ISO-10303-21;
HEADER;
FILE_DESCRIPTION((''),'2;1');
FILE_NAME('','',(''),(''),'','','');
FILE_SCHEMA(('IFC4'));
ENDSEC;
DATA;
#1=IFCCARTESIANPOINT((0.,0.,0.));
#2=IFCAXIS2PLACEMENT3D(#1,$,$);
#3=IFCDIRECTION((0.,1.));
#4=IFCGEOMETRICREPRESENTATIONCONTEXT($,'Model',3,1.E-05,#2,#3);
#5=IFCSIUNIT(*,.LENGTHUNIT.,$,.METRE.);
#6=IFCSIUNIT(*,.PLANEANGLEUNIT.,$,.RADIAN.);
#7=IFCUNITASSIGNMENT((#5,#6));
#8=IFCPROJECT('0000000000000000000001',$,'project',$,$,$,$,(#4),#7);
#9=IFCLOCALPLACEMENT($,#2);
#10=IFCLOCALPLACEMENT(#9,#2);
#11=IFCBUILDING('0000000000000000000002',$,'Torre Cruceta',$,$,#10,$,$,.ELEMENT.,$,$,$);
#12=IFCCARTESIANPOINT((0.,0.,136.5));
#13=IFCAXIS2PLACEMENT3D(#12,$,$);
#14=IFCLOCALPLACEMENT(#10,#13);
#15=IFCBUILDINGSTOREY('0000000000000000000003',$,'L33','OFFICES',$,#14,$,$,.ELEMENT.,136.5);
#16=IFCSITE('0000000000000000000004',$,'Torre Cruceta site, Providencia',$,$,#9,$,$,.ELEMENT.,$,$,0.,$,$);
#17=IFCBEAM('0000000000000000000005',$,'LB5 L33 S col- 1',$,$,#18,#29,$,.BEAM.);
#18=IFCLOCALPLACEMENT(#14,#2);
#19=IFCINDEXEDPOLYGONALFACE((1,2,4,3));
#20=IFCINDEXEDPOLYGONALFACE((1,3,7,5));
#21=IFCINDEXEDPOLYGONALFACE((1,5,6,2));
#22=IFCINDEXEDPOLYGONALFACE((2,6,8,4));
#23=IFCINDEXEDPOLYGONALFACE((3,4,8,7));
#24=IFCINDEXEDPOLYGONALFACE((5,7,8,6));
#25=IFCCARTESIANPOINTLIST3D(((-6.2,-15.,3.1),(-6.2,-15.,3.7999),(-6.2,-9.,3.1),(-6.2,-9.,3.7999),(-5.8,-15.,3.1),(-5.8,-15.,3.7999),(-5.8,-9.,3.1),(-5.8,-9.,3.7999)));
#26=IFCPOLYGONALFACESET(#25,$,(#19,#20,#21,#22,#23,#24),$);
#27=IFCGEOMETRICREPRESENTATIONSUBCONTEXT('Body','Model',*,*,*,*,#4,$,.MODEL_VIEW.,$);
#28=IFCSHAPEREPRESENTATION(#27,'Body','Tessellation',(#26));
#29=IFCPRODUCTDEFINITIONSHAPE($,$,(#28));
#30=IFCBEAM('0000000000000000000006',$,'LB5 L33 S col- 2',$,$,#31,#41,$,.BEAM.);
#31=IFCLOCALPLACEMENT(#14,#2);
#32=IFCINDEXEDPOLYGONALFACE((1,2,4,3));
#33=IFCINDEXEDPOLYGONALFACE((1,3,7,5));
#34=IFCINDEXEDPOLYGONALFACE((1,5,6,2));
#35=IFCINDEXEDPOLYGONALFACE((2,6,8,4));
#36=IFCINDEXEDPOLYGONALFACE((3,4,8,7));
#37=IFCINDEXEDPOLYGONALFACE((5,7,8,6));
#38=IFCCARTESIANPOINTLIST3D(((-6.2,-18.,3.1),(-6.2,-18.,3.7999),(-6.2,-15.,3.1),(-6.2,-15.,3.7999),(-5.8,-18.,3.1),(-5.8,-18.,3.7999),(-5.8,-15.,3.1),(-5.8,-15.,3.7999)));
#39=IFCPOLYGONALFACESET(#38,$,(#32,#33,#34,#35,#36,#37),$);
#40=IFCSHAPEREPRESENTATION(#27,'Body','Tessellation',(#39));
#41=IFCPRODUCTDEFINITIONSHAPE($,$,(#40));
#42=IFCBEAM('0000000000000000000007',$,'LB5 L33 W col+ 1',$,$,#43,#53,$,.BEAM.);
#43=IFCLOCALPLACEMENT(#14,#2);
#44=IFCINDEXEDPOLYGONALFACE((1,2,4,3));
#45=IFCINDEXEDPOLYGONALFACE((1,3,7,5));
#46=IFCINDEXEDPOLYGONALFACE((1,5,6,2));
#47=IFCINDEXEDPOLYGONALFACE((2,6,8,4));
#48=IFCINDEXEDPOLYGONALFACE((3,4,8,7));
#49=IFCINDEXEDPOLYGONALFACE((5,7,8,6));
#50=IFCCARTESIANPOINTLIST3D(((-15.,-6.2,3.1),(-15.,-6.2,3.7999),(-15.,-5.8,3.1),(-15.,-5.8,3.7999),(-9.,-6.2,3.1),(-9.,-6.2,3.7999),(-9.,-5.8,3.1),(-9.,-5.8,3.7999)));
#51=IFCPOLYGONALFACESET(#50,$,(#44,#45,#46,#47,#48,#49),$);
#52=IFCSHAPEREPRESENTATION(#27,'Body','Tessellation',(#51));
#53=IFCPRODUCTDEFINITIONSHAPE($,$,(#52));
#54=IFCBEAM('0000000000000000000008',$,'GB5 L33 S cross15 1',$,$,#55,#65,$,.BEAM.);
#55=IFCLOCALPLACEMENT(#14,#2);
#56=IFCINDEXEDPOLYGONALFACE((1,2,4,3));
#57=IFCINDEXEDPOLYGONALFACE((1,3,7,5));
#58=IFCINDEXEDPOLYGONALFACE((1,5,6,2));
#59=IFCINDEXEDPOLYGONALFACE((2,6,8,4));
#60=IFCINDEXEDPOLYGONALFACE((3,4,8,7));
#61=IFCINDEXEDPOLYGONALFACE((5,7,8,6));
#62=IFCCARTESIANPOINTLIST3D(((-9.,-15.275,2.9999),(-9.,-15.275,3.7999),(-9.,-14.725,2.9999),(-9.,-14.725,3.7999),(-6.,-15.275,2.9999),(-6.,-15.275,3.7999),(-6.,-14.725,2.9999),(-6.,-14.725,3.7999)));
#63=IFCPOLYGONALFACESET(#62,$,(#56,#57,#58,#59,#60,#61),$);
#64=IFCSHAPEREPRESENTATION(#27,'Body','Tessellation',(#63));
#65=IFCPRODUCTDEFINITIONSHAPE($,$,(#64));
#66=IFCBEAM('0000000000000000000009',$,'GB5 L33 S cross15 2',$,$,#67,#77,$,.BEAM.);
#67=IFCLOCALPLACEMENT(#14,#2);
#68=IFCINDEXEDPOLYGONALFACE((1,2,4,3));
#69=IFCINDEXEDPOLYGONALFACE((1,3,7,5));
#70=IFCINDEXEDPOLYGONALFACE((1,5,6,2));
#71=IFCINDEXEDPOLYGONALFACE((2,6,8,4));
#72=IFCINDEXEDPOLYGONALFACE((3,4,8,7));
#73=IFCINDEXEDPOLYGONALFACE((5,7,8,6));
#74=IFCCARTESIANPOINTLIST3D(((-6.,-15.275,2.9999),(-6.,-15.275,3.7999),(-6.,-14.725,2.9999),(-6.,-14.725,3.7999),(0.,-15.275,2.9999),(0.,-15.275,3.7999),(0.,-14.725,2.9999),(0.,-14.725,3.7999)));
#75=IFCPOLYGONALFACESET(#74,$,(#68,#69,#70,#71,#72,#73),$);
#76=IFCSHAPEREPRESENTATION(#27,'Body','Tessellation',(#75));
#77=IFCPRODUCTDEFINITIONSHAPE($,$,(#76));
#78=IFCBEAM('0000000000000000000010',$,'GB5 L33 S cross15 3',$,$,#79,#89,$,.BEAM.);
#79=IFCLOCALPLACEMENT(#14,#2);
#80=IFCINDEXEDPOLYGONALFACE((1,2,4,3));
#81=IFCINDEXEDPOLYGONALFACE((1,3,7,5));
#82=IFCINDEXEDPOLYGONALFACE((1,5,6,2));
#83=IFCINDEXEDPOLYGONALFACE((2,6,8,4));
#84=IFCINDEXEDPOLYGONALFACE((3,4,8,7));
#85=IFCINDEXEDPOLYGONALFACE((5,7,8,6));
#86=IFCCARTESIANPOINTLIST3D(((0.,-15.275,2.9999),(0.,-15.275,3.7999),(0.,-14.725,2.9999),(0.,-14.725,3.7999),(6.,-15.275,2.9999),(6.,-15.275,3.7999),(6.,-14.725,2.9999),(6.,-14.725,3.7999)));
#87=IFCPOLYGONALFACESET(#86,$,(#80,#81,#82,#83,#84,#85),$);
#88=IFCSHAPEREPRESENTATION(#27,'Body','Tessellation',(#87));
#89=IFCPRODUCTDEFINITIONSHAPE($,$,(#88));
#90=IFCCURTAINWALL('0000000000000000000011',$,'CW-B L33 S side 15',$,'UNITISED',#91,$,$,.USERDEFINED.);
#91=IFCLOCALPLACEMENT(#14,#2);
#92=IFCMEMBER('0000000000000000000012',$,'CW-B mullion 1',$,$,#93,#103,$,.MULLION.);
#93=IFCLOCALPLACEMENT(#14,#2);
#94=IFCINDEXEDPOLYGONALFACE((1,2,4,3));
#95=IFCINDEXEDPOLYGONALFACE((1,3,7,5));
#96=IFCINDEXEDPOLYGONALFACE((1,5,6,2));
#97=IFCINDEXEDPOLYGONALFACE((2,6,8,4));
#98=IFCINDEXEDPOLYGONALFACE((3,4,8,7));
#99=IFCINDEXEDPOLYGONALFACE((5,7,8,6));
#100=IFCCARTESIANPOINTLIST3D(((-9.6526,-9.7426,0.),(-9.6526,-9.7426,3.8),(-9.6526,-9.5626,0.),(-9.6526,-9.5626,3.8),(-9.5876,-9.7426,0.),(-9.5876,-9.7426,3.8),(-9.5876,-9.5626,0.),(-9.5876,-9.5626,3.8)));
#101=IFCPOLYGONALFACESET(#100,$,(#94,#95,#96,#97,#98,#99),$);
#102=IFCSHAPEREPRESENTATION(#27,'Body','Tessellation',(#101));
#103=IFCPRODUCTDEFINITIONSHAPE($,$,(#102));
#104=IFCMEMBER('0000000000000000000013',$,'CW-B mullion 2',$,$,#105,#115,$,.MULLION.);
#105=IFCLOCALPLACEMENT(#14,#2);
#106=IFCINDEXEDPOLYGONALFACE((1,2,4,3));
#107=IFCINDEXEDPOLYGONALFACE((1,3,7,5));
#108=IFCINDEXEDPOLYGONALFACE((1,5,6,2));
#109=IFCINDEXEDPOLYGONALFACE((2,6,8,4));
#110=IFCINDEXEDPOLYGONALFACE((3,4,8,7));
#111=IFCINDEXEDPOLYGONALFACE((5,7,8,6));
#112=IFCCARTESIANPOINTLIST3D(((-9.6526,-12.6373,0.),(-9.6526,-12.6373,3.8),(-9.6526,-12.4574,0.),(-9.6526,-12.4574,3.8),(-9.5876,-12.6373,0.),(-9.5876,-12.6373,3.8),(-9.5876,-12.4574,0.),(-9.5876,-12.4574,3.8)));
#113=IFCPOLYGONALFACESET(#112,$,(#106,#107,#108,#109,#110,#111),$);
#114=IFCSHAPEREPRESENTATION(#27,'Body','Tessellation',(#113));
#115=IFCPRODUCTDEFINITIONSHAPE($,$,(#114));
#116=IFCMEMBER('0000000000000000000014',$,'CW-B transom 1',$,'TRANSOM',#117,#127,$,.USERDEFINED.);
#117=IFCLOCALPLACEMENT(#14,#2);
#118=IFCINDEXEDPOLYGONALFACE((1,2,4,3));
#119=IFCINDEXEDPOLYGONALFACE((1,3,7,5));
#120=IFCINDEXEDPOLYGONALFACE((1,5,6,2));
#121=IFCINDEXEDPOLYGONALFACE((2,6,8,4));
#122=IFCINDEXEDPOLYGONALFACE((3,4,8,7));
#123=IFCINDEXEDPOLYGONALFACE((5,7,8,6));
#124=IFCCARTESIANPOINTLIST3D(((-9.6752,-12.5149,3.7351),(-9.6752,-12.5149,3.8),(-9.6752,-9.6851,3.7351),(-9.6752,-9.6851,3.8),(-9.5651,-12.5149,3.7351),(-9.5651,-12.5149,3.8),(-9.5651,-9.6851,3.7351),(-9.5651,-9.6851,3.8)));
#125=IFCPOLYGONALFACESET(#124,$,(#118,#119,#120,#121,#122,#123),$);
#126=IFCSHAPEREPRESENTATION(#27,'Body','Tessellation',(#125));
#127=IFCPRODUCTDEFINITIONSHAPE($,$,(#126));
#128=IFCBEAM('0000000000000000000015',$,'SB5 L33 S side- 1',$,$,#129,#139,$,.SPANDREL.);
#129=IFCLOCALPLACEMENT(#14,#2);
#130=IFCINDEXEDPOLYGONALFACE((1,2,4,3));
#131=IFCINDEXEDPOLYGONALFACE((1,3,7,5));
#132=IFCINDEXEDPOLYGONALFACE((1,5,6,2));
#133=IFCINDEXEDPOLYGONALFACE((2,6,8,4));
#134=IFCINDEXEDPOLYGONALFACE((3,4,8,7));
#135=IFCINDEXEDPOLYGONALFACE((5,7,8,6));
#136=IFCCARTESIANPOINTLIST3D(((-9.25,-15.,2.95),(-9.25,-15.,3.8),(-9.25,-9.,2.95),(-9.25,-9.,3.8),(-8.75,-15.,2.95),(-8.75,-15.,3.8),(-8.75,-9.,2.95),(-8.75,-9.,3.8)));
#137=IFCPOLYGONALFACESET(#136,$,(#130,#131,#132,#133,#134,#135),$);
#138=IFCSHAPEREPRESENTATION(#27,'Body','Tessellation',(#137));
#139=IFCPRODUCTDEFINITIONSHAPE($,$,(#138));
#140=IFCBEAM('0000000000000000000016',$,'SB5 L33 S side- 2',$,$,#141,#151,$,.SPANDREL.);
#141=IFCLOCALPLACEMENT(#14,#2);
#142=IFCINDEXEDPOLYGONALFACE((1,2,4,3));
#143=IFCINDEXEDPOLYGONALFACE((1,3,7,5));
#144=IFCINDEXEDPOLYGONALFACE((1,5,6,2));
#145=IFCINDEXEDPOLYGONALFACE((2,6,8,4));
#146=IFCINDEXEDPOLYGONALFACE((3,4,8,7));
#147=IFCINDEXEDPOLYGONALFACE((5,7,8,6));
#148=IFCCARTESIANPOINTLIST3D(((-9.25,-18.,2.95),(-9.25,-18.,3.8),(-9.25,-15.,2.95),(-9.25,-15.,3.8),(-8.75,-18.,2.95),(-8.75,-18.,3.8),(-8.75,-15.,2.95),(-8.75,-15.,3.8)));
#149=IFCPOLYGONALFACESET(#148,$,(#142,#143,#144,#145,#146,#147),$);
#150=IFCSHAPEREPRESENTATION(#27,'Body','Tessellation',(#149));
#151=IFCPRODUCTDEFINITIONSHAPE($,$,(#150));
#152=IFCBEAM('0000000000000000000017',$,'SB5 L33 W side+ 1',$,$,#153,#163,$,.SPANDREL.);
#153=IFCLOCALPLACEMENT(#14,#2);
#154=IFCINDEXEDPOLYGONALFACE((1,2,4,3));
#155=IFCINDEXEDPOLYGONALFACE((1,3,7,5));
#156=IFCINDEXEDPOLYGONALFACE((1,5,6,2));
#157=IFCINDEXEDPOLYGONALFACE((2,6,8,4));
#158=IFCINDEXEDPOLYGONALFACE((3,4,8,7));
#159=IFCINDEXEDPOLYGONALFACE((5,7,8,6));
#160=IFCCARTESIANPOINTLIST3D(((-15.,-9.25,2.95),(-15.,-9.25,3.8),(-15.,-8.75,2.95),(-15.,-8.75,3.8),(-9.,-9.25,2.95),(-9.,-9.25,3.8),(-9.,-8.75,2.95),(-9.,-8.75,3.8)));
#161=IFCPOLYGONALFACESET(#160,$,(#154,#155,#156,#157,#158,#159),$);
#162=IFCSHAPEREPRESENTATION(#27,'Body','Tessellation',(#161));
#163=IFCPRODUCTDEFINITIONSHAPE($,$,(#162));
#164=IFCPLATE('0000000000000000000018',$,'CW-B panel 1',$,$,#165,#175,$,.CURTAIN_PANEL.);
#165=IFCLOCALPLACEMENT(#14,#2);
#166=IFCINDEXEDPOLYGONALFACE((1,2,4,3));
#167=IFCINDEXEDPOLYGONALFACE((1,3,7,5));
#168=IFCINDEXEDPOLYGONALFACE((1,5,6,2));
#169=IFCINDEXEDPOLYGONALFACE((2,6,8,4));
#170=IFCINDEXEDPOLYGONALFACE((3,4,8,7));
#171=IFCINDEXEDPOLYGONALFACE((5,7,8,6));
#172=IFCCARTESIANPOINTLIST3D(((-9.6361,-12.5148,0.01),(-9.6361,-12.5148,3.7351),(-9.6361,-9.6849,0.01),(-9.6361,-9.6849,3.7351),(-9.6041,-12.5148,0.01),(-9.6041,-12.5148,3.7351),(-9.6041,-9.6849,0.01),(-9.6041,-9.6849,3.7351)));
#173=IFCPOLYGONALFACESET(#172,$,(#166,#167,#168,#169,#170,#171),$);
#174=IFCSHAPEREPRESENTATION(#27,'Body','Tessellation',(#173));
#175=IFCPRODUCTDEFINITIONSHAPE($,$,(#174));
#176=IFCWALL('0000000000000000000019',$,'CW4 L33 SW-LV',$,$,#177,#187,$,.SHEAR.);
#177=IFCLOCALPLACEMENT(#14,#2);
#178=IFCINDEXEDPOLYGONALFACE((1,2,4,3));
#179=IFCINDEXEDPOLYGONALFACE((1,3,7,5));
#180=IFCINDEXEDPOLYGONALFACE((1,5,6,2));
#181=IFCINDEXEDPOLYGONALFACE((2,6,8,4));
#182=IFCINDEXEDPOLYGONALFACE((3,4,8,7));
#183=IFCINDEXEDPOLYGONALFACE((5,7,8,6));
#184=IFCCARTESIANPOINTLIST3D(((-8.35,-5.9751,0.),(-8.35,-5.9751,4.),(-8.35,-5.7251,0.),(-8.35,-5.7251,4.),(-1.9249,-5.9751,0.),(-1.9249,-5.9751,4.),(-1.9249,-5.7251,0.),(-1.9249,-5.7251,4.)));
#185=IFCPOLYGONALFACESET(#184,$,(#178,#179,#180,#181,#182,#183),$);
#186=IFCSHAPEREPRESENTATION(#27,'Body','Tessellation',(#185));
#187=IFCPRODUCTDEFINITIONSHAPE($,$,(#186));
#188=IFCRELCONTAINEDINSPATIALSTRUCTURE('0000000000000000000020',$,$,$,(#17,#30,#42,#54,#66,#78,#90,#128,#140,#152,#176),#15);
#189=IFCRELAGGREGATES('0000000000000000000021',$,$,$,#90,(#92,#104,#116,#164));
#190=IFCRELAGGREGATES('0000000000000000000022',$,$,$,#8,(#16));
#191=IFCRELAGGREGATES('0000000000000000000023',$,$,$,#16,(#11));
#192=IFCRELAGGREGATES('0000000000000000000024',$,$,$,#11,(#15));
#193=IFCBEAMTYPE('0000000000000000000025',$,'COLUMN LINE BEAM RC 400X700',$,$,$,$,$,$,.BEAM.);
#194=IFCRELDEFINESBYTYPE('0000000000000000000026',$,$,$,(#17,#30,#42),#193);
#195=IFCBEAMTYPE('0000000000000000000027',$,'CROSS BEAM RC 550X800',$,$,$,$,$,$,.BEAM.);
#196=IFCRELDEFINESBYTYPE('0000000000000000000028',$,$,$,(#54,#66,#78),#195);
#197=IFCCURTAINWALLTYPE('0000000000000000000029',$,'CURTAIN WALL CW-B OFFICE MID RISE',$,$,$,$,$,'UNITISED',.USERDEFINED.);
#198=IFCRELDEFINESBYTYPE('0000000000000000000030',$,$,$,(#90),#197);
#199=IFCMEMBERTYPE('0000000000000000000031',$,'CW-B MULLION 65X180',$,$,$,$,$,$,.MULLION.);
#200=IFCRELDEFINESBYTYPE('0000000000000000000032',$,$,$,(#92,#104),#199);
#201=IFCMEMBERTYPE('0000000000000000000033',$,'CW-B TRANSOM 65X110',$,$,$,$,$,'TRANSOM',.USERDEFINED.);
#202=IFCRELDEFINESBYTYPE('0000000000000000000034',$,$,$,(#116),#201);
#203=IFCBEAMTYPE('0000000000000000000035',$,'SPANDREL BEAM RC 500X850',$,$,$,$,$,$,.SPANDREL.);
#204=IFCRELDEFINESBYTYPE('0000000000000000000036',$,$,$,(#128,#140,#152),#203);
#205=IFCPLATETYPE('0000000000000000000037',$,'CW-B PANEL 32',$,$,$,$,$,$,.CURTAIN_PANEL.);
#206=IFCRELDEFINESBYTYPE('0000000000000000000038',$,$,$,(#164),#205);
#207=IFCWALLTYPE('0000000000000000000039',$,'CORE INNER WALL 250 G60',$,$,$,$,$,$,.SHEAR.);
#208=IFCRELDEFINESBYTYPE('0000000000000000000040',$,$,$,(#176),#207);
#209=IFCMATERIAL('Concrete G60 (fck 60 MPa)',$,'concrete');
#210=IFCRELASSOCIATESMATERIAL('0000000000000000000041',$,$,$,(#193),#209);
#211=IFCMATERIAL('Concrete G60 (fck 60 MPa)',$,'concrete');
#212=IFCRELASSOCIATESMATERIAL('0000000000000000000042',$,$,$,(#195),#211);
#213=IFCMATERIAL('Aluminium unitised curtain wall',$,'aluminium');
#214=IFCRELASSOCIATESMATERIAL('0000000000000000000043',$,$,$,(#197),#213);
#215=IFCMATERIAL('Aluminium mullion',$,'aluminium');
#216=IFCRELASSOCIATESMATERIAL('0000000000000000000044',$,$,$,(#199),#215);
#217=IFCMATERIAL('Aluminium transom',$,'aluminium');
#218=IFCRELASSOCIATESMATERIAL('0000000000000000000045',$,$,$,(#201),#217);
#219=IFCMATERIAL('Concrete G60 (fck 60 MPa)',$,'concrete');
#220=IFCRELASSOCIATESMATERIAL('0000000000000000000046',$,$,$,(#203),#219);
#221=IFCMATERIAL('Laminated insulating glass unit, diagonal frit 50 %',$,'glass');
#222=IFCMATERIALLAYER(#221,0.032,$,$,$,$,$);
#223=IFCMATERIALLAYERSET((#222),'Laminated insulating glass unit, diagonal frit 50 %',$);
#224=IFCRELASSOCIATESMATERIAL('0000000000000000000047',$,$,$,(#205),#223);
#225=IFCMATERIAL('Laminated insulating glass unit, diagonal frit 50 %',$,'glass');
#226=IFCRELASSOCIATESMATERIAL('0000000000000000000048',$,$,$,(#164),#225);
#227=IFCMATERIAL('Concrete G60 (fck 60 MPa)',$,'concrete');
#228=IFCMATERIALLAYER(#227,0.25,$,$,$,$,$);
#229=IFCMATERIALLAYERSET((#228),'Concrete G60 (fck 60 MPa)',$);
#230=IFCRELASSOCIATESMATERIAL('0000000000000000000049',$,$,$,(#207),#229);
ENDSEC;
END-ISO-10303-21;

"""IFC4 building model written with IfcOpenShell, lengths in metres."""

from ifc_helpers import new_model, si_unit, direction, frame, frame_2d, origin, origin_2d, place, context, subcontext, project, spatial, rectangle, extrude, material, layer, layer_set, material_profile, profile_set, type_object, element, aggregate, save


model = new_model("IFC4")

# Units and contexts
model_context = context("Model", 3, precision=1e-05, world=origin(), true_north=direction((0.0, 1.0)))
body_context = subcontext(model_context, "Body", "Model", "MODEL_VIEW")
ifc_project = project(units=[si_unit("LENGTHUNIT", "METRE"), si_unit("PLANEANGLEUNIT", "RADIAN")], contexts=[model_context])

# Site, building, storey
site_placement = place(None, origin())
site = spatial("IfcSite", under=ifc_project, at=site_placement, Name="Torre Cruceta site, Providencia", CompositionType="ELEMENT", RefElevation=0.0)
building_placement = place(site_placement, origin())
building = spatial("IfcBuilding", under=site, at=building_placement, Name="Torre Cruceta", CompositionType="ELEMENT")
storey_placement = place(building_placement, frame((0.0, 0.0, 136.5)))
storey = spatial("IfcBuildingStorey", under=building, at=storey_placement, Name="L33", Description="OFFICES", CompositionType="ELEMENT", Elevation=136.5)

# Beams
ifc_material_1 = material(Name="Concrete G60 (fck 60 MPa)", Category="concrete")
ifc_material_profile_1 = material_profile(ifc_material_1, rectangle(XDim=0.3999, YDim=0.7, at=origin_2d()), Name="RC 400X700")
ifc_profile_set_1 = profile_set([ifc_material_profile_1], Name="Concrete G60 (fck 60 MPa)")
beam_type_1 = type_object("IfcBeamType", Name="COLUMN LINE BEAM RC 400X700", PredefinedType="BEAM", material=ifc_profile_set_1)
beam_1_placement = place(storey_placement, frame((-6.0, -9.0, 3.45), z_axis=(0.0, -1.0, 0.0), x_axis=(1.0, 0.0, 0.0)))
element("IfcBeam", 1, at=beam_1_placement, inside=storey, type_object=beam_type_1, Name="LB5 L33 S col- 1", PredefinedType="BEAM", context=body_context, shape_type="SweptSolid", body=[
    extrude(rectangle(XDim=0.3999, YDim=0.7, at=origin_2d()), origin(), (0.0, 0.0, 1.0), 6.0),
])
beam_2_placement = place(storey_placement, frame((-6.0, -15.0, 3.45), z_axis=(0.0, -1.0, 0.0), x_axis=(1.0, 0.0, 0.0)))
element("IfcBeam", 2, at=beam_2_placement, inside=storey, type_object=beam_type_1, Name="LB5 L33 S col- 2", PredefinedType="BEAM", context=body_context, shape_type="SweptSolid", body=[
    extrude(rectangle(XDim=0.3999, YDim=0.7, at=origin_2d()), origin(), (0.0, 0.0, 1.0), 3.0),
])
beam_3_placement = place(storey_placement, frame((-9.0, -6.0, 3.45), z_axis=(-1.0, 0.0, 0.0), x_axis=(0.0, -1.0, 0.0)))
element("IfcBeam", 3, at=beam_3_placement, inside=storey, type_object=beam_type_1, Name="LB5 L33 W col+ 1", PredefinedType="BEAM", context=body_context, shape_type="SweptSolid", body=[
    extrude(rectangle(XDim=0.3999, YDim=0.7, at=origin_2d()), origin(), (0.0, 0.0, 1.0), 6.0),
])
ifc_material_2 = material(Name="Concrete G60 (fck 60 MPa)", Category="concrete")
ifc_material_profile_2 = material_profile(ifc_material_2, rectangle(XDim=0.55, YDim=0.8, at=origin_2d()), Name="RC 550X800")
ifc_profile_set_2 = profile_set([ifc_material_profile_2], Name="Concrete G60 (fck 60 MPa)")
beam_type_2 = type_object("IfcBeamType", Name="CROSS BEAM RC 550X800", PredefinedType="BEAM", material=ifc_profile_set_2)
beam_4_placement = place(storey_placement, frame((-9.0, -15.0, 3.3999), z_axis=(1.0, 0.0, 0.0), x_axis=(0.0, 1.0, 0.0)))
element("IfcBeam", 4, at=beam_4_placement, inside=storey, type_object=beam_type_2, Name="GB5 L33 S cross15 1", PredefinedType="BEAM", context=body_context, shape_type="SweptSolid", body=[
    extrude(rectangle(XDim=0.55, YDim=0.8, at=origin_2d()), origin(), (0.0, 0.0, 1.0), 3.0),
])
for number, where, z_axis, x_axis, name in (
    (5, (-6.0, -15.0, 3.3999), (1.0, 0.0, 0.0), (0.0, 1.0, 0.0), "GB5 L33 S cross15 2"),
    (6, (0.0, -15.0, 3.3999), (1.0, 0.0, 0.0), (0.0, 1.0, 0.0), "GB5 L33 S cross15 3"),
):
    element("IfcBeam", number, at=place(storey_placement, frame(where, z_axis=z_axis, x_axis=x_axis)), inside=storey, type_object=beam_type_2, Name=name, PredefinedType="BEAM", context=body_context, shape_type="SweptSolid", body=[
        extrude(rectangle(XDim=0.55, YDim=0.8, at=origin_2d()), origin(), (0.0, 0.0, 1.0), 6.0),
    ])

# Curtain wall, members
ifc_material_3 = material(Name="Aluminium unitised curtain wall", Category="aluminium")
curtain_wall_type = type_object("IfcCurtainWallType", Name="CURTAIN WALL CW-B OFFICE MID RISE", ElementType="UNITISED", PredefinedType="USERDEFINED", material=ifc_material_3)
curtain_wall_placement = place(storey_placement, origin())
curtain_wall = element("IfcCurtainWall", 7, at=curtain_wall_placement, inside=storey, type_object=curtain_wall_type, Name="CW-B L33 S side 15", ObjectType="UNITISED", PredefinedType="USERDEFINED")
ifc_material_4 = material(Name="Aluminium mullion", Category="aluminium")
ifc_material_profile_3 = material_profile(ifc_material_4, rectangle(XDim=0.0649, YDim=0.1799, at=origin_2d()), Name="AL 65X180")
ifc_profile_set_3 = profile_set([ifc_material_profile_3], Name="Aluminium mullion")
member_type_1 = type_object("IfcMemberType", Name="CW-B MULLION 65X180", PredefinedType="MULLION", material=ifc_profile_set_3)
member_1_placement = place(storey_placement, frame((-9.6201, -9.6526, 0.0), z_axis=(0.0, 0.0, 1.0), x_axis=(1.0, 0.0, 0.0)))
member_1 = element("IfcMember", 8, at=member_1_placement, type_object=member_type_1, Name="CW-B mullion 1", PredefinedType="MULLION", context=body_context, shape_type="SweptSolid", body=[
    extrude(rectangle(XDim=0.0649, YDim=0.1799, at=origin_2d()), origin(), (0.0, 0.0, 1.0), 3.8),
])
member_2_placement = place(storey_placement, frame((-9.6201, -12.5474, 0.0), z_axis=(0.0, 0.0, 1.0), x_axis=(1.0, 0.0, 0.0)))
member_2 = element("IfcMember", 9, at=member_2_placement, type_object=member_type_1, Name="CW-B mullion 2", PredefinedType="MULLION", context=body_context, shape_type="SweptSolid", body=[
    extrude(rectangle(XDim=0.0649, YDim=0.1799, at=origin_2d()), origin(), (0.0, 0.0, 1.0), 3.8),
])
ifc_material_5 = material(Name="Aluminium transom", Category="aluminium")
ifc_material_profile_4 = material_profile(ifc_material_5, rectangle(XDim=0.1101, YDim=0.0649, at=origin_2d()), Name="AL 110X65")
ifc_profile_set_4 = profile_set([ifc_material_profile_4], Name="Aluminium transom")
member_type_2 = type_object("IfcMemberType", Name="CW-B TRANSOM 65X110", ElementType="TRANSOM", PredefinedType="USERDEFINED", material=ifc_profile_set_4)
member_3_placement = place(storey_placement, frame((-9.6201, -9.6851, 3.7676), z_axis=(0.0, -1.0, 0.0), x_axis=(1.0, 0.0, 0.0)))
member_3 = element("IfcMember", 10, at=member_3_placement, type_object=member_type_2, Name="CW-B transom 1", ObjectType="TRANSOM", PredefinedType="USERDEFINED", context=body_context, shape_type="SweptSolid", body=[
    extrude(rectangle(XDim=0.1101, YDim=0.0649, at=origin_2d()), origin(), (0.0, 0.0, 1.0), 2.8298),
])

# Beams
ifc_material_6 = material(Name="Concrete G60 (fck 60 MPa)", Category="concrete")
ifc_material_profile_5 = material_profile(ifc_material_6, rectangle(XDim=0.5, YDim=0.8501, at=origin_2d()), Name="RC 500X850")
ifc_profile_set_5 = profile_set([ifc_material_profile_5], Name="Concrete G60 (fck 60 MPa)")
beam_type_3 = type_object("IfcBeamType", Name="SPANDREL BEAM RC 500X850", PredefinedType="SPANDREL", material=ifc_profile_set_5)
beam_5_placement = place(storey_placement, frame((-9.0, -9.0, 3.375), z_axis=(0.0, -1.0, 0.0), x_axis=(1.0, 0.0, 0.0)))
element("IfcBeam", 11, at=beam_5_placement, inside=storey, type_object=beam_type_3, Name="SB5 L33 S side- 1", PredefinedType="SPANDREL", context=body_context, shape_type="SweptSolid", body=[
    extrude(rectangle(XDim=0.5, YDim=0.8501, at=origin_2d()), origin(), (0.0, 0.0, 1.0), 6.0),
])
beam_6_placement = place(storey_placement, frame((-9.0, -15.0, 3.375), z_axis=(0.0, -1.0, 0.0), x_axis=(1.0, 0.0, 0.0)))
element("IfcBeam", 12, at=beam_6_placement, inside=storey, type_object=beam_type_3, Name="SB5 L33 S side- 2", PredefinedType="SPANDREL", context=body_context, shape_type="SweptSolid", body=[
    extrude(rectangle(XDim=0.5, YDim=0.8501, at=origin_2d()), origin(), (0.0, 0.0, 1.0), 3.0),
])
beam_7_placement = place(storey_placement, frame((-9.0, -9.0, 3.375), z_axis=(-1.0, 0.0, 0.0), x_axis=(0.0, -1.0, 0.0)))
element("IfcBeam", 13, at=beam_7_placement, inside=storey, type_object=beam_type_3, Name="SB5 L33 W side+ 1", PredefinedType="SPANDREL", context=body_context, shape_type="SweptSolid", body=[
    extrude(rectangle(XDim=0.5, YDim=0.8501, at=origin_2d()), origin(), (0.0, 0.0, 1.0), 6.0),
])

# Plate
ifc_material_7 = material(Name="Laminated insulating glass unit, diagonal frit 50 %", Category="glass")
ifc_material_8 = material(Name="Laminated insulating glass unit, diagonal frit 50 %", Category="glass")
ifc_layer_1 = layer(ifc_material_8, 0.032)
ifc_layer_set_1 = layer_set([ifc_layer_1], Name="Laminated insulating glass unit, diagonal frit 50 %")
plate_type = type_object("IfcPlateType", Name="CW-B PANEL 32", PredefinedType="CURTAIN_PANEL", material=ifc_layer_set_1)
plate_placement = place(storey_placement, frame((-9.6201, -11.0999, 0.01), z_axis=(0.0, 0.0, 1.0), x_axis=(0.0, -1.0, 0.0)))
plate = element("IfcPlate", 14, at=plate_placement, type_object=plate_type, material=ifc_material_7, Name="CW-B panel 1", PredefinedType="CURTAIN_PANEL", context=body_context, shape_type="SweptSolid", body=[
    extrude(rectangle(XDim=2.8298, YDim=0.032, at=origin_2d()), origin(), (0.0, 0.0, 1.0), 3.7251),
])
aggregate(curtain_wall, [member_1, member_2, member_3, plate])

# Wall
ifc_material_9 = material(Name="Concrete G60 (fck 60 MPa)", Category="concrete")
ifc_layer_2 = layer(ifc_material_9, 0.25)
ifc_layer_set_2 = layer_set([ifc_layer_2], Name="Concrete G60 (fck 60 MPa)")
wall_type_1 = type_object("IfcWallType", Name="CORE INNER WALL 250 G60", PredefinedType="SHEAR", material=ifc_layer_set_2)
wall_1_placement = place(storey_placement, frame((-1.925, -5.8501, 0.0), z_axis=(0.0, 0.0, 1.0), x_axis=(-1.0, 0.0, 0.0)))
element("IfcWall", 15, at=wall_1_placement, inside=storey, type_object=wall_type_1, Name="CW4 L33 SW-LV", PredefinedType="SHEAR", context=body_context, shape_type="SweptSolid", body=[
    extrude(rectangle(XDim=6.425, YDim=0.25, at=frame_2d((3.2124, 0.0))), origin(), (0.0, 0.0, 1.0), 4.0),
])

save(model, "model.ifc")
